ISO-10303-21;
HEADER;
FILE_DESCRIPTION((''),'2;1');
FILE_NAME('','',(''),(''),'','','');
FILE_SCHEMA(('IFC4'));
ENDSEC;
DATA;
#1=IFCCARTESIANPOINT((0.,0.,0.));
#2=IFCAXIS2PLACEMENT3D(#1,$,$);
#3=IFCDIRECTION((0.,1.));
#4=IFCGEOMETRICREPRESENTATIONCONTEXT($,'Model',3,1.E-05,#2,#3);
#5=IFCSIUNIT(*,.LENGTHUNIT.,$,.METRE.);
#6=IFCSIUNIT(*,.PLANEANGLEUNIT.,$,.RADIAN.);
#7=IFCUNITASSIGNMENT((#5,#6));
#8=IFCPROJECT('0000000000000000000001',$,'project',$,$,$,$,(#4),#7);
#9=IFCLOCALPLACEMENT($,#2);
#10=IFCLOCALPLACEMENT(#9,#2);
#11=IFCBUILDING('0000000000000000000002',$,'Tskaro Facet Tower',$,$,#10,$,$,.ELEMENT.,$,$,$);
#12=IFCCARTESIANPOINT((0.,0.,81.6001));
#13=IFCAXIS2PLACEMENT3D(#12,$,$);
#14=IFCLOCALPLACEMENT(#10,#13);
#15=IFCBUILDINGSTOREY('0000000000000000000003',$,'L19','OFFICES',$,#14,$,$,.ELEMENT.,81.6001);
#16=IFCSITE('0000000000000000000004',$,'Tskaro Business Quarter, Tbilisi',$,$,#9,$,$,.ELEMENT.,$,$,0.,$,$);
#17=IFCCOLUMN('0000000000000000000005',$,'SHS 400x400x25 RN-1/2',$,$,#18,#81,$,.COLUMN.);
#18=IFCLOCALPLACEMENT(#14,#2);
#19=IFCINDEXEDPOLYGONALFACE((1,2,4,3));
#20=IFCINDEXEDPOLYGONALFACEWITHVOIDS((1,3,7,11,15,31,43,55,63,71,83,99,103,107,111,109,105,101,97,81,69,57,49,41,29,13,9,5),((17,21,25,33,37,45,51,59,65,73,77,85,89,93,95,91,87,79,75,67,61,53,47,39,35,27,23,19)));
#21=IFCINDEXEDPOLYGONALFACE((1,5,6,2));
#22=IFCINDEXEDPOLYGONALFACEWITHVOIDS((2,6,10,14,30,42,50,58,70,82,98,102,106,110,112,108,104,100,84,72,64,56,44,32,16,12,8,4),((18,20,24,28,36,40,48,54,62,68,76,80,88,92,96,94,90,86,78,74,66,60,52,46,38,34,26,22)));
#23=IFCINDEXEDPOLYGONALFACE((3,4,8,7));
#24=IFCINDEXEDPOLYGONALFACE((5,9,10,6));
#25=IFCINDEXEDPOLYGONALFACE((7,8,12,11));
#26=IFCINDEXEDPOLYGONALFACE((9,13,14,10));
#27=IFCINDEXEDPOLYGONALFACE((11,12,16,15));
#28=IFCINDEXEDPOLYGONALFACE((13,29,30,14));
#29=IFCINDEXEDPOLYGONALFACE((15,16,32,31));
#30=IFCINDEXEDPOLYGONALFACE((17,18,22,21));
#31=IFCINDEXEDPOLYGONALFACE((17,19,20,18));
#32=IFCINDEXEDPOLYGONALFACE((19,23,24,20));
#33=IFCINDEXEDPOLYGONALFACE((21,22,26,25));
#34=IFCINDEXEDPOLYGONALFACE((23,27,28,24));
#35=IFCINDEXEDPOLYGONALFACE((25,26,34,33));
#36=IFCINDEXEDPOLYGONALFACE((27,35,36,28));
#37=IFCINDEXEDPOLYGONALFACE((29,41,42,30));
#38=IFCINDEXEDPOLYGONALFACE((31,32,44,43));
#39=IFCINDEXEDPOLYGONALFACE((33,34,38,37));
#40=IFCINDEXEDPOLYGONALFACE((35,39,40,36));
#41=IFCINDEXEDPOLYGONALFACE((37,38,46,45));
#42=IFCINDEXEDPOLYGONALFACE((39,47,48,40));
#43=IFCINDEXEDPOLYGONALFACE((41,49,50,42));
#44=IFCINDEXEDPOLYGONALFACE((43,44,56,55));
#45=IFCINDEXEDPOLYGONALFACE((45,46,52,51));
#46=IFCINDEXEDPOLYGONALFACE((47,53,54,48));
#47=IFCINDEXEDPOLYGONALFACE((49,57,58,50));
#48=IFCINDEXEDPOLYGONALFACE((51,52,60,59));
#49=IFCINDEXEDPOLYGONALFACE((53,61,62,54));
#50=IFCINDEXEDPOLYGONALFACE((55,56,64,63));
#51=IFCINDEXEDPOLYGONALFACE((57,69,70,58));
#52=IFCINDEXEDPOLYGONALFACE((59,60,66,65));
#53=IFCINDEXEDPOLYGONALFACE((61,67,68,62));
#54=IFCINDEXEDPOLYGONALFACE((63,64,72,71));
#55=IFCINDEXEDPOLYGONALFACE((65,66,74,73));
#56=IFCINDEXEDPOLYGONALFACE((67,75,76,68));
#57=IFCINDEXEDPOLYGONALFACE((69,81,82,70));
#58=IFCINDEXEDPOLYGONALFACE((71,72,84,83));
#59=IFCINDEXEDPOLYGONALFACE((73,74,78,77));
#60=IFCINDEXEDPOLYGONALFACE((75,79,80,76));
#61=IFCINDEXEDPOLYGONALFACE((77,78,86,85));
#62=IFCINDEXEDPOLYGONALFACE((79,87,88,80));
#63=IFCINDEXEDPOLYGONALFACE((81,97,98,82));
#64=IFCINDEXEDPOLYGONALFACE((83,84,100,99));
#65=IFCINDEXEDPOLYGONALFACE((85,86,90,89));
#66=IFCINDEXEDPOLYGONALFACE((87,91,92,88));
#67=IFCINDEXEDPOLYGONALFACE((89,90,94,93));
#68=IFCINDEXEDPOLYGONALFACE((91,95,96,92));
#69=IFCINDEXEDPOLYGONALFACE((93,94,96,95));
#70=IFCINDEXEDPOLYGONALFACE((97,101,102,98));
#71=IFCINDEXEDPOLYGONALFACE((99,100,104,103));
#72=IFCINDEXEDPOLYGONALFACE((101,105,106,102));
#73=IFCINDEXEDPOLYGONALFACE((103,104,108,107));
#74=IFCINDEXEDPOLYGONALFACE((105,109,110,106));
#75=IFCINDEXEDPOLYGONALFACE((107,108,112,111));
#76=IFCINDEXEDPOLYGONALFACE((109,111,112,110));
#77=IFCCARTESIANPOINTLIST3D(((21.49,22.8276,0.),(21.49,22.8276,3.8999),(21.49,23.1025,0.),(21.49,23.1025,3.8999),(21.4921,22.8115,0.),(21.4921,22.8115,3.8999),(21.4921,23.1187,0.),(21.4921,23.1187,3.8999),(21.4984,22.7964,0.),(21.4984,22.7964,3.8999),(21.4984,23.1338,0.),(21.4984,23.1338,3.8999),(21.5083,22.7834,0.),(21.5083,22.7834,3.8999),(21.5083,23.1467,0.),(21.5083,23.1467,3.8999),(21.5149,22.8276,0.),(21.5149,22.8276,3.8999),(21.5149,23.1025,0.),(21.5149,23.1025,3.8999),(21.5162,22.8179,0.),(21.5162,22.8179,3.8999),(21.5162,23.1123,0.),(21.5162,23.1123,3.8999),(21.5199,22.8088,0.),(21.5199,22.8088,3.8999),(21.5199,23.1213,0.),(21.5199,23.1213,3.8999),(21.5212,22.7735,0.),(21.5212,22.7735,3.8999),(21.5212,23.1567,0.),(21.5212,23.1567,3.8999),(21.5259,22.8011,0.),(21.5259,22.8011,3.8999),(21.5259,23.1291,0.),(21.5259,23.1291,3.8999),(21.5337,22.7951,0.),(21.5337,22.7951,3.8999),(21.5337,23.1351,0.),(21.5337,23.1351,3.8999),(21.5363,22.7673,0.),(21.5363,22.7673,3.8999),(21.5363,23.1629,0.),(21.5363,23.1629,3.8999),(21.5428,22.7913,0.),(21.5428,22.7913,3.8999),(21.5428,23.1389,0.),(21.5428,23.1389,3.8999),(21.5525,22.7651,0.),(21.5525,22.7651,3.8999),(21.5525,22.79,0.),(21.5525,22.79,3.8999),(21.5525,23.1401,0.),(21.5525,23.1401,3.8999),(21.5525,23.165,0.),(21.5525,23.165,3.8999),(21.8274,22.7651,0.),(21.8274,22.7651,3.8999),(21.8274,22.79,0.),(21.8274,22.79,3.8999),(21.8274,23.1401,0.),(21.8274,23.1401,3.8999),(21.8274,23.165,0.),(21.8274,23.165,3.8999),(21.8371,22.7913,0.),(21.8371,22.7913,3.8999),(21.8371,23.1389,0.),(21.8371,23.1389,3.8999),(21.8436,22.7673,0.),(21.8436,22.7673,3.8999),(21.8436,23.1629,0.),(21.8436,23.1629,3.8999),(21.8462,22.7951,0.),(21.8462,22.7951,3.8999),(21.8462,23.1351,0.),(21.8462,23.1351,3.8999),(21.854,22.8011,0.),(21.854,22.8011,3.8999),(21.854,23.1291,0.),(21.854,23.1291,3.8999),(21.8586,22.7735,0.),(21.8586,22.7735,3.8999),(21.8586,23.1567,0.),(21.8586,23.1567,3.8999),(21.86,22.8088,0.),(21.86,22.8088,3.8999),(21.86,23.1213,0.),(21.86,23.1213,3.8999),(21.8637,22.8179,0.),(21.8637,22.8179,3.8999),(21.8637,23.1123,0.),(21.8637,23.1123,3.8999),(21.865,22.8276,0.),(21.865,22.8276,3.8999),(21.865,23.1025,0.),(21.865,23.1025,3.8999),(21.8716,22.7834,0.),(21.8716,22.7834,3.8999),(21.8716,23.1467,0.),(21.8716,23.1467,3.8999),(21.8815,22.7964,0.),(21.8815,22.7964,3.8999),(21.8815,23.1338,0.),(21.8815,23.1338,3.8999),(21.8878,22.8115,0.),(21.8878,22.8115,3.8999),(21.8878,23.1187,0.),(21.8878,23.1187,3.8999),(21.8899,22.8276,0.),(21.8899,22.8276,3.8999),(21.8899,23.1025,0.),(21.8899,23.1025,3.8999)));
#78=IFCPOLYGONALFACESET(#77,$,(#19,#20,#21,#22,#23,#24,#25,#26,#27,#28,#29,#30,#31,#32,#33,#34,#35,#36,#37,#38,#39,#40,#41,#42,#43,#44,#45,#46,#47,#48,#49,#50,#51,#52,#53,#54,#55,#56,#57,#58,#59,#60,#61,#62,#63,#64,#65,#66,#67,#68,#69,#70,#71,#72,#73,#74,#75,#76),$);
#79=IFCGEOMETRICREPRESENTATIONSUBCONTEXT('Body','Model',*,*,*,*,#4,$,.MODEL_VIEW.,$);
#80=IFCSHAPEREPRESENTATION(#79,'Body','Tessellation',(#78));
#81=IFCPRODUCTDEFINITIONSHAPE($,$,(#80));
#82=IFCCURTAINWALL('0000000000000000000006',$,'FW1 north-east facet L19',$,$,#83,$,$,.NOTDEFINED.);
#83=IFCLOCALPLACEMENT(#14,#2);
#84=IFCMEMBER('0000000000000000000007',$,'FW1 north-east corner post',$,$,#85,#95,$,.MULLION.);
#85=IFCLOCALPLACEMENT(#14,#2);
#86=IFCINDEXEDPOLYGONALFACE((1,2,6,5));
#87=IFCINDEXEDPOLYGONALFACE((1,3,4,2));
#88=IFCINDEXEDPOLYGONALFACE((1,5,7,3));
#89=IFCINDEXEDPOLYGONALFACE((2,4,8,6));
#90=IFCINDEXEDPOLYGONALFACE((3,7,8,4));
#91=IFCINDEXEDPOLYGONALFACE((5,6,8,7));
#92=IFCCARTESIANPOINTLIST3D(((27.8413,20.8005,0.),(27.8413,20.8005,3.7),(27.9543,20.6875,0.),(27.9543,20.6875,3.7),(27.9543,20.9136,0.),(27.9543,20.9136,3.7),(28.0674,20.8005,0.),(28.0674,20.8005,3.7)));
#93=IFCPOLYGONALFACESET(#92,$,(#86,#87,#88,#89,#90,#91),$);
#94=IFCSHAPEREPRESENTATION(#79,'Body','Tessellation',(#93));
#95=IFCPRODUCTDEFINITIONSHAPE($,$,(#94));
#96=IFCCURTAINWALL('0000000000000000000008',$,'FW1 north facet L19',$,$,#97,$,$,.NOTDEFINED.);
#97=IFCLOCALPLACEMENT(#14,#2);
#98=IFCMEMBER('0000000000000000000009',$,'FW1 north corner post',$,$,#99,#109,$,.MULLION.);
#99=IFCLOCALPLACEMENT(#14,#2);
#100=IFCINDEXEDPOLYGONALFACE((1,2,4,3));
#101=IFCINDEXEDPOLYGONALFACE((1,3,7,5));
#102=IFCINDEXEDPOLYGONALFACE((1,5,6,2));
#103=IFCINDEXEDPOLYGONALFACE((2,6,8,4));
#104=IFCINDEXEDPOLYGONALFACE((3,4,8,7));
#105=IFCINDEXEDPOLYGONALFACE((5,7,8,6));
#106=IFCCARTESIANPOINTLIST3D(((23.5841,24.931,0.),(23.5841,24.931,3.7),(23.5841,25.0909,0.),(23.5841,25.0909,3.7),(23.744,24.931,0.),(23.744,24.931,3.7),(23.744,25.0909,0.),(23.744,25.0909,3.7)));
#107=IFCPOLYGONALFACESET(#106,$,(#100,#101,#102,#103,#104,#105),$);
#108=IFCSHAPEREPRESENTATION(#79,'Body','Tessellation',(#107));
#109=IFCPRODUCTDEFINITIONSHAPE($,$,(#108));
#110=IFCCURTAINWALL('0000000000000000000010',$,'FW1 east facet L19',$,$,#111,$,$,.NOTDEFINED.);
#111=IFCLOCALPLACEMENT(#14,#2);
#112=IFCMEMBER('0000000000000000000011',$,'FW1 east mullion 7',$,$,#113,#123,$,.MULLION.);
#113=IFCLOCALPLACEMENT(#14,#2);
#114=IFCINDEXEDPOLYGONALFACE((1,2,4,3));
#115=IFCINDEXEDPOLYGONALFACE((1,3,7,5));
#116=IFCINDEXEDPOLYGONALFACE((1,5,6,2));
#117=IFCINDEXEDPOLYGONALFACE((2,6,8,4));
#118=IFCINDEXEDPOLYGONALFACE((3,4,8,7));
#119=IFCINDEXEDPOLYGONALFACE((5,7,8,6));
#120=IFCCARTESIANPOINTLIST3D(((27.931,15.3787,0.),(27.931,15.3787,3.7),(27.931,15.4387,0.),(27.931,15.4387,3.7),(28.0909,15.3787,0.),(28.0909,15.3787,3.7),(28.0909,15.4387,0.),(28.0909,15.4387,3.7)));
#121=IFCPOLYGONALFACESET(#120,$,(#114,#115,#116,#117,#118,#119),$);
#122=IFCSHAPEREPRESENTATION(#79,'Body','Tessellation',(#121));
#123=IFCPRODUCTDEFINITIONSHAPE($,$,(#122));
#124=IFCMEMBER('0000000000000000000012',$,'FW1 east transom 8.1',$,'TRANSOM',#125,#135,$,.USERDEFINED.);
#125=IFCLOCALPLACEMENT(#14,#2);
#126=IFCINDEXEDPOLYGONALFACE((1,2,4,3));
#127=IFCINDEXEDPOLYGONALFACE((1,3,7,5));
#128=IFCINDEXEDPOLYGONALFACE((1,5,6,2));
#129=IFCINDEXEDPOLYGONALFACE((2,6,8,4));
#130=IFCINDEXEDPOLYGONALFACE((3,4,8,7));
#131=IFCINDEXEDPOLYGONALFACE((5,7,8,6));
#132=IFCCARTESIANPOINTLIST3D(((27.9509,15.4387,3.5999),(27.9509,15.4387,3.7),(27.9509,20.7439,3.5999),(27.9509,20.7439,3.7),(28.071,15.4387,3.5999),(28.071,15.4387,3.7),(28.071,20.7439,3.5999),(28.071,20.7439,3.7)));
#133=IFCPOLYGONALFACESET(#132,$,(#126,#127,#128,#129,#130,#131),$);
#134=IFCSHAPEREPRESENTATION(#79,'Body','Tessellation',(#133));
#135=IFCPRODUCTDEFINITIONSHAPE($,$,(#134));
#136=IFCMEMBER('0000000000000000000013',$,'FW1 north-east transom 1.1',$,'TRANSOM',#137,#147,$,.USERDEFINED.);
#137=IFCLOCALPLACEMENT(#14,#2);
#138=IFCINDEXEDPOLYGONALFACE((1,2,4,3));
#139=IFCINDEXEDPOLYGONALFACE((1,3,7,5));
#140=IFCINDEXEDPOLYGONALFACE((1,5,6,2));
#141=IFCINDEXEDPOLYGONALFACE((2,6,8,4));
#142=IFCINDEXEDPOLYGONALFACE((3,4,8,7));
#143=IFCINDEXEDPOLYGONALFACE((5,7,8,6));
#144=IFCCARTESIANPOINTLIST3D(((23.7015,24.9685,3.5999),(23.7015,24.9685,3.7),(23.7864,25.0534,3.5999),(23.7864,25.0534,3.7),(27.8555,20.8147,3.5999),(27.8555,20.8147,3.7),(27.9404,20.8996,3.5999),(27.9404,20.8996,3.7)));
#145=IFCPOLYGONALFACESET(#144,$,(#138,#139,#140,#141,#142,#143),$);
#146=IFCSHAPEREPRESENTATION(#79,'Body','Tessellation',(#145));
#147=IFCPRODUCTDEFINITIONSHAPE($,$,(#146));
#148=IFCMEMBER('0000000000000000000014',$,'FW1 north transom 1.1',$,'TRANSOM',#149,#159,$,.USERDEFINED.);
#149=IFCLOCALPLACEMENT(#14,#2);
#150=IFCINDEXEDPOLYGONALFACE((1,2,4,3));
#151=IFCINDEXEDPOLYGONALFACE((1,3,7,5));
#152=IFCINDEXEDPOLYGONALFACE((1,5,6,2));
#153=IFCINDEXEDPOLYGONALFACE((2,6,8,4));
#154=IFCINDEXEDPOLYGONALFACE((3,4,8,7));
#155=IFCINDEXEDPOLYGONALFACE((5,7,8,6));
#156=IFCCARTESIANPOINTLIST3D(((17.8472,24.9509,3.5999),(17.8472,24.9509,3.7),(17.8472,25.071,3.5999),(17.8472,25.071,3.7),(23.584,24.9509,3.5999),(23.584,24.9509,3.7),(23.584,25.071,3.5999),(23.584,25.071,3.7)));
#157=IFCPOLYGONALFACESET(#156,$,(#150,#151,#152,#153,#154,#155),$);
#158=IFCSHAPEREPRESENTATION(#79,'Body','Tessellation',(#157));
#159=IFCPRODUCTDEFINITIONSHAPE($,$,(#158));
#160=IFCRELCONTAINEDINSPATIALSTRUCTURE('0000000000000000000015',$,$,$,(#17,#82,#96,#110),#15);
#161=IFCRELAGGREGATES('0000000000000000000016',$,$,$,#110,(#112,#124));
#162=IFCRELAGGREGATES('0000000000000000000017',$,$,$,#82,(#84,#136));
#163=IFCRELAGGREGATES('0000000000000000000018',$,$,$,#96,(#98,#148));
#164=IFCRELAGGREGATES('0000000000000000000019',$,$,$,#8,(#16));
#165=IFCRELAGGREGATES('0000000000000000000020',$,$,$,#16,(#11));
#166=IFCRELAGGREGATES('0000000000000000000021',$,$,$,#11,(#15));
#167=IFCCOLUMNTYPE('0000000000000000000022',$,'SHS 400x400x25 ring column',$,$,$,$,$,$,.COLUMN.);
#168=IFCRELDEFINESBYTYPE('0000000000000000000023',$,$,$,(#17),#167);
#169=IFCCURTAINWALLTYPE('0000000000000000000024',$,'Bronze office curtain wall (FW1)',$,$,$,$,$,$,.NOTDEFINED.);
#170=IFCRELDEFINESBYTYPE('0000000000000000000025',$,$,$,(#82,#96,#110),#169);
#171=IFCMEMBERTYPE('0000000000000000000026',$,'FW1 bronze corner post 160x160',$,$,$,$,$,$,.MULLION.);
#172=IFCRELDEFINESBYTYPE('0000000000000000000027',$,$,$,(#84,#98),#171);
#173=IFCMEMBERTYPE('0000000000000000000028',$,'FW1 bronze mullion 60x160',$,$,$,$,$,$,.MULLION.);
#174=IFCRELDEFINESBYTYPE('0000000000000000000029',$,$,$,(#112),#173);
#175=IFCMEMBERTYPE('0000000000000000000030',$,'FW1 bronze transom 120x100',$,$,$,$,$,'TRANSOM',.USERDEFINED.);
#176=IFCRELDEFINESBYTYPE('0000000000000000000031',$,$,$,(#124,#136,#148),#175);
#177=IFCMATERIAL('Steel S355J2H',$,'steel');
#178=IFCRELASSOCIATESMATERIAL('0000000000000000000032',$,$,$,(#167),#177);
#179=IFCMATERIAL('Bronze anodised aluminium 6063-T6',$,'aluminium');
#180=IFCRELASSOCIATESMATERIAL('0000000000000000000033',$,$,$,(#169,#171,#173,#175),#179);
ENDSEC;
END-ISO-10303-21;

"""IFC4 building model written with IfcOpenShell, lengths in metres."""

from ifc_helpers import new_model, si_unit, direction, frame, origin, origin_2d, place, context, subcontext, project, spatial, rectangle, hollow_rectangle, extrude, material, material_profile, profile_set, type_object, element, aggregate, save


model = new_model("IFC4")

# Units and contexts
model_context = context("Model", 3, precision=1e-05, world=origin(), true_north=direction((0.0, 1.0)))
body_context = subcontext(model_context, "Body", "Model", "MODEL_VIEW")
ifc_project = project(units=[si_unit("LENGTHUNIT", "METRE"), si_unit("PLANEANGLEUNIT", "RADIAN")], contexts=[model_context])

# Site, building, storey
site_placement = place(None, origin())
site = spatial("IfcSite", under=ifc_project, at=site_placement, Name="Tskaro Business Quarter, Tbilisi", CompositionType="ELEMENT", RefElevation=0.0)
building_placement = place(site_placement, origin())
building = spatial("IfcBuilding", under=site, at=building_placement, Name="Tskaro Facet Tower", CompositionType="ELEMENT")
storey_placement = place(building_placement, frame((0.0, 0.0, 81.6001)))
storey = spatial("IfcBuildingStorey", under=building, at=storey_placement, Name="L19", Description="OFFICES", CompositionType="ELEMENT", Elevation=81.6001)

# Column
ifc_material_1 = material(Name="Steel S355J2H", Category="steel")
ifc_material_profile_1 = material_profile(ifc_material_1, hollow_rectangle(XDim=0.3999, YDim=0.3999, WallThickness=0.0249, InnerFilletRadius=0.0376, OuterFilletRadius=0.0625, at=origin_2d()), Name="SHS 400x400x25")
ifc_profile_set_1 = profile_set([ifc_material_profile_1], Name="Steel S355J2H")
column_type_1 = type_object("IfcColumnType", Name="SHS 400x400x25 ring column", PredefinedType="COLUMN", material=ifc_profile_set_1)
for number, where, z_axis, x_axis, name in (
    (1, (21.6899, 22.9651, 0.0), (0.0, 0.0, 1.0), (1.0, 0.0, 0.0), "SHS 400x400x25 RN-1/2"),
):
    element("IfcColumn", number, at=place(storey_placement, frame(where, z_axis=z_axis, x_axis=x_axis)), inside=storey, type_object=column_type_1, Name=name, PredefinedType="COLUMN", context=body_context, shape_type="SweptSolid", body=[
        extrude(hollow_rectangle(XDim=0.3999, YDim=0.3999, WallThickness=0.0249, InnerFilletRadius=0.0376, OuterFilletRadius=0.0625, at=origin_2d()), origin(), (0.0, 0.0, 1.0), 3.8999),
    ])

# Curtain walls, members
ifc_material_2 = material(Name="Bronze anodised aluminium 6063-T6", Category="aluminium")
curtain_wall_type = type_object("IfcCurtainWallType", Name="Bronze office curtain wall (FW1)", PredefinedType="NOTDEFINED", material=ifc_material_2)
curtain_wall_1_placement = place(storey_placement, origin())
curtain_wall_1 = element("IfcCurtainWall", 2, at=curtain_wall_1_placement, inside=storey, type_object=curtain_wall_type, Name="FW1 north-east facet L19", PredefinedType="NOTDEFINED")
ifc_material_profile_2 = material_profile(ifc_material_2, rectangle(XDim=0.1599, YDim=0.1599, at=origin_2d()), Name="Corner post 160x160")
ifc_profile_set_2 = profile_set([ifc_material_profile_2], Name="Bronze anodised aluminium 6063-T6")
member_type_1 = type_object("IfcMemberType", Name="FW1 bronze corner post 160x160", PredefinedType="MULLION", material=ifc_profile_set_2)
member_1_placement = place(storey_placement, frame((27.9543, 20.8005, 0.0), z_axis=(0.0, 0.0, 1.0), x_axis=(-0.707107, 0.707107, 0.0)))
member_1 = element("IfcMember", 3, at=member_1_placement, type_object=member_type_1, Name="FW1 north-east corner post", PredefinedType="MULLION", context=body_context, shape_type="SweptSolid", body=[
    extrude(rectangle(XDim=0.1599, YDim=0.1599, at=origin_2d()), origin(), (0.0, 0.0, 1.0), 3.7),
])
curtain_wall_2_placement = place(storey_placement, origin())
curtain_wall_2 = element("IfcCurtainWall", 4, at=curtain_wall_2_placement, inside=storey, type_object=curtain_wall_type, Name="FW1 north facet L19", PredefinedType="NOTDEFINED")
member_2_placement = place(storey_placement, frame((23.6641, 25.011, 0.0), z_axis=(0.0, 0.0, 1.0), x_axis=(-1.0, 0.0, 0.0)))
member_2 = element("IfcMember", 5, at=member_2_placement, type_object=member_type_1, Name="FW1 north corner post", PredefinedType="MULLION", context=body_context, shape_type="SweptSolid", body=[
    extrude(rectangle(XDim=0.1599, YDim=0.1599, at=origin_2d()), origin(), (0.0, 0.0, 1.0), 3.7),
])

# Curtain wall, members
curtain_wall_3_placement = place(storey_placement, origin())
curtain_wall_3 = element("IfcCurtainWall", 6, at=curtain_wall_3_placement, inside=storey, type_object=curtain_wall_type, Name="FW1 east facet L19", PredefinedType="NOTDEFINED")
ifc_material_profile_3 = material_profile(ifc_material_2, rectangle(XDim=0.0601, YDim=0.1599, at=origin_2d()), Name="Mullion 60x160")
ifc_profile_set_3 = profile_set([ifc_material_profile_3], Name="Bronze anodised aluminium 6063-T6")
member_type_2 = type_object("IfcMemberType", Name="FW1 bronze mullion 60x160", PredefinedType="MULLION", material=ifc_profile_set_3)
member_3_placement = place(storey_placement, frame((28.011, 15.4087, 0.0), z_axis=(0.0, 0.0, 1.0), x_axis=(0.0, 1.0, 0.0)))
member_3 = element("IfcMember", 7, at=member_3_placement, type_object=member_type_2, Name="FW1 east mullion 7", PredefinedType="MULLION", context=body_context, shape_type="SweptSolid", body=[
    extrude(rectangle(XDim=0.0601, YDim=0.1599, at=origin_2d()), origin(), (0.0, 0.0, 1.0), 3.7),
])
ifc_material_profile_4 = material_profile(ifc_material_2, rectangle(XDim=0.1201, YDim=0.1001, at=origin_2d()), Name="Transom 120x100")
ifc_profile_set_4 = profile_set([ifc_material_profile_4], Name="Bronze anodised aluminium 6063-T6")
member_type_3 = type_object("IfcMemberType", Name="FW1 bronze transom 120x100", ElementType="TRANSOM", PredefinedType="USERDEFINED", material=ifc_profile_set_4)
member_4_placement = place(storey_placement, frame((28.011, 15.4387, 3.6499), z_axis=(0.0, 1.0, 0.0), x_axis=(-1.0, 0.0, 0.0)))
member_4 = element("IfcMember", 8, at=member_4_placement, type_object=member_type_3, Name="FW1 east transom 8.1", ObjectType="TRANSOM", PredefinedType="USERDEFINED", context=body_context, shape_type="SweptSolid", body=[
    extrude(rectangle(XDim=0.1201, YDim=0.1001, at=origin_2d()), origin(), (0.0, 0.0, 1.0), 5.3052),
])

# Members
member_5_placement = place(storey_placement, frame((27.8979, 20.8572, 3.6499), z_axis=(-0.707128, 0.707086, 0.0), x_axis=(-0.707086, -0.707128, 0.0)))
member_5 = element("IfcMember", 9, at=member_5_placement, type_object=member_type_3, Name="FW1 north-east transom 1.1", ObjectType="TRANSOM", PredefinedType="USERDEFINED", context=body_context, shape_type="SweptSolid", body=[
    extrude(rectangle(XDim=0.1201, YDim=0.1001, at=origin_2d()), origin(), (0.0, 0.0, 1.0), 5.8745),
])
member_6_placement = place(storey_placement, frame((23.584, 25.011, 3.6499), z_axis=(-1.0, 0.0, 0.0), x_axis=(0.0, -1.0, 0.0)))
member_6 = element("IfcMember", 10, at=member_6_placement, type_object=member_type_3, Name="FW1 north transom 1.1", ObjectType="TRANSOM", PredefinedType="USERDEFINED", context=body_context, shape_type="SweptSolid", body=[
    extrude(rectangle(XDim=0.1201, YDim=0.1001, at=origin_2d()), origin(), (0.0, 0.0, 1.0), 5.7368),
])

aggregate(curtain_wall_3, [member_3, member_4])
aggregate(curtain_wall_1, [member_1, member_5])
aggregate(curtain_wall_2, [member_2, member_6])

save(model, "model.ifc")
